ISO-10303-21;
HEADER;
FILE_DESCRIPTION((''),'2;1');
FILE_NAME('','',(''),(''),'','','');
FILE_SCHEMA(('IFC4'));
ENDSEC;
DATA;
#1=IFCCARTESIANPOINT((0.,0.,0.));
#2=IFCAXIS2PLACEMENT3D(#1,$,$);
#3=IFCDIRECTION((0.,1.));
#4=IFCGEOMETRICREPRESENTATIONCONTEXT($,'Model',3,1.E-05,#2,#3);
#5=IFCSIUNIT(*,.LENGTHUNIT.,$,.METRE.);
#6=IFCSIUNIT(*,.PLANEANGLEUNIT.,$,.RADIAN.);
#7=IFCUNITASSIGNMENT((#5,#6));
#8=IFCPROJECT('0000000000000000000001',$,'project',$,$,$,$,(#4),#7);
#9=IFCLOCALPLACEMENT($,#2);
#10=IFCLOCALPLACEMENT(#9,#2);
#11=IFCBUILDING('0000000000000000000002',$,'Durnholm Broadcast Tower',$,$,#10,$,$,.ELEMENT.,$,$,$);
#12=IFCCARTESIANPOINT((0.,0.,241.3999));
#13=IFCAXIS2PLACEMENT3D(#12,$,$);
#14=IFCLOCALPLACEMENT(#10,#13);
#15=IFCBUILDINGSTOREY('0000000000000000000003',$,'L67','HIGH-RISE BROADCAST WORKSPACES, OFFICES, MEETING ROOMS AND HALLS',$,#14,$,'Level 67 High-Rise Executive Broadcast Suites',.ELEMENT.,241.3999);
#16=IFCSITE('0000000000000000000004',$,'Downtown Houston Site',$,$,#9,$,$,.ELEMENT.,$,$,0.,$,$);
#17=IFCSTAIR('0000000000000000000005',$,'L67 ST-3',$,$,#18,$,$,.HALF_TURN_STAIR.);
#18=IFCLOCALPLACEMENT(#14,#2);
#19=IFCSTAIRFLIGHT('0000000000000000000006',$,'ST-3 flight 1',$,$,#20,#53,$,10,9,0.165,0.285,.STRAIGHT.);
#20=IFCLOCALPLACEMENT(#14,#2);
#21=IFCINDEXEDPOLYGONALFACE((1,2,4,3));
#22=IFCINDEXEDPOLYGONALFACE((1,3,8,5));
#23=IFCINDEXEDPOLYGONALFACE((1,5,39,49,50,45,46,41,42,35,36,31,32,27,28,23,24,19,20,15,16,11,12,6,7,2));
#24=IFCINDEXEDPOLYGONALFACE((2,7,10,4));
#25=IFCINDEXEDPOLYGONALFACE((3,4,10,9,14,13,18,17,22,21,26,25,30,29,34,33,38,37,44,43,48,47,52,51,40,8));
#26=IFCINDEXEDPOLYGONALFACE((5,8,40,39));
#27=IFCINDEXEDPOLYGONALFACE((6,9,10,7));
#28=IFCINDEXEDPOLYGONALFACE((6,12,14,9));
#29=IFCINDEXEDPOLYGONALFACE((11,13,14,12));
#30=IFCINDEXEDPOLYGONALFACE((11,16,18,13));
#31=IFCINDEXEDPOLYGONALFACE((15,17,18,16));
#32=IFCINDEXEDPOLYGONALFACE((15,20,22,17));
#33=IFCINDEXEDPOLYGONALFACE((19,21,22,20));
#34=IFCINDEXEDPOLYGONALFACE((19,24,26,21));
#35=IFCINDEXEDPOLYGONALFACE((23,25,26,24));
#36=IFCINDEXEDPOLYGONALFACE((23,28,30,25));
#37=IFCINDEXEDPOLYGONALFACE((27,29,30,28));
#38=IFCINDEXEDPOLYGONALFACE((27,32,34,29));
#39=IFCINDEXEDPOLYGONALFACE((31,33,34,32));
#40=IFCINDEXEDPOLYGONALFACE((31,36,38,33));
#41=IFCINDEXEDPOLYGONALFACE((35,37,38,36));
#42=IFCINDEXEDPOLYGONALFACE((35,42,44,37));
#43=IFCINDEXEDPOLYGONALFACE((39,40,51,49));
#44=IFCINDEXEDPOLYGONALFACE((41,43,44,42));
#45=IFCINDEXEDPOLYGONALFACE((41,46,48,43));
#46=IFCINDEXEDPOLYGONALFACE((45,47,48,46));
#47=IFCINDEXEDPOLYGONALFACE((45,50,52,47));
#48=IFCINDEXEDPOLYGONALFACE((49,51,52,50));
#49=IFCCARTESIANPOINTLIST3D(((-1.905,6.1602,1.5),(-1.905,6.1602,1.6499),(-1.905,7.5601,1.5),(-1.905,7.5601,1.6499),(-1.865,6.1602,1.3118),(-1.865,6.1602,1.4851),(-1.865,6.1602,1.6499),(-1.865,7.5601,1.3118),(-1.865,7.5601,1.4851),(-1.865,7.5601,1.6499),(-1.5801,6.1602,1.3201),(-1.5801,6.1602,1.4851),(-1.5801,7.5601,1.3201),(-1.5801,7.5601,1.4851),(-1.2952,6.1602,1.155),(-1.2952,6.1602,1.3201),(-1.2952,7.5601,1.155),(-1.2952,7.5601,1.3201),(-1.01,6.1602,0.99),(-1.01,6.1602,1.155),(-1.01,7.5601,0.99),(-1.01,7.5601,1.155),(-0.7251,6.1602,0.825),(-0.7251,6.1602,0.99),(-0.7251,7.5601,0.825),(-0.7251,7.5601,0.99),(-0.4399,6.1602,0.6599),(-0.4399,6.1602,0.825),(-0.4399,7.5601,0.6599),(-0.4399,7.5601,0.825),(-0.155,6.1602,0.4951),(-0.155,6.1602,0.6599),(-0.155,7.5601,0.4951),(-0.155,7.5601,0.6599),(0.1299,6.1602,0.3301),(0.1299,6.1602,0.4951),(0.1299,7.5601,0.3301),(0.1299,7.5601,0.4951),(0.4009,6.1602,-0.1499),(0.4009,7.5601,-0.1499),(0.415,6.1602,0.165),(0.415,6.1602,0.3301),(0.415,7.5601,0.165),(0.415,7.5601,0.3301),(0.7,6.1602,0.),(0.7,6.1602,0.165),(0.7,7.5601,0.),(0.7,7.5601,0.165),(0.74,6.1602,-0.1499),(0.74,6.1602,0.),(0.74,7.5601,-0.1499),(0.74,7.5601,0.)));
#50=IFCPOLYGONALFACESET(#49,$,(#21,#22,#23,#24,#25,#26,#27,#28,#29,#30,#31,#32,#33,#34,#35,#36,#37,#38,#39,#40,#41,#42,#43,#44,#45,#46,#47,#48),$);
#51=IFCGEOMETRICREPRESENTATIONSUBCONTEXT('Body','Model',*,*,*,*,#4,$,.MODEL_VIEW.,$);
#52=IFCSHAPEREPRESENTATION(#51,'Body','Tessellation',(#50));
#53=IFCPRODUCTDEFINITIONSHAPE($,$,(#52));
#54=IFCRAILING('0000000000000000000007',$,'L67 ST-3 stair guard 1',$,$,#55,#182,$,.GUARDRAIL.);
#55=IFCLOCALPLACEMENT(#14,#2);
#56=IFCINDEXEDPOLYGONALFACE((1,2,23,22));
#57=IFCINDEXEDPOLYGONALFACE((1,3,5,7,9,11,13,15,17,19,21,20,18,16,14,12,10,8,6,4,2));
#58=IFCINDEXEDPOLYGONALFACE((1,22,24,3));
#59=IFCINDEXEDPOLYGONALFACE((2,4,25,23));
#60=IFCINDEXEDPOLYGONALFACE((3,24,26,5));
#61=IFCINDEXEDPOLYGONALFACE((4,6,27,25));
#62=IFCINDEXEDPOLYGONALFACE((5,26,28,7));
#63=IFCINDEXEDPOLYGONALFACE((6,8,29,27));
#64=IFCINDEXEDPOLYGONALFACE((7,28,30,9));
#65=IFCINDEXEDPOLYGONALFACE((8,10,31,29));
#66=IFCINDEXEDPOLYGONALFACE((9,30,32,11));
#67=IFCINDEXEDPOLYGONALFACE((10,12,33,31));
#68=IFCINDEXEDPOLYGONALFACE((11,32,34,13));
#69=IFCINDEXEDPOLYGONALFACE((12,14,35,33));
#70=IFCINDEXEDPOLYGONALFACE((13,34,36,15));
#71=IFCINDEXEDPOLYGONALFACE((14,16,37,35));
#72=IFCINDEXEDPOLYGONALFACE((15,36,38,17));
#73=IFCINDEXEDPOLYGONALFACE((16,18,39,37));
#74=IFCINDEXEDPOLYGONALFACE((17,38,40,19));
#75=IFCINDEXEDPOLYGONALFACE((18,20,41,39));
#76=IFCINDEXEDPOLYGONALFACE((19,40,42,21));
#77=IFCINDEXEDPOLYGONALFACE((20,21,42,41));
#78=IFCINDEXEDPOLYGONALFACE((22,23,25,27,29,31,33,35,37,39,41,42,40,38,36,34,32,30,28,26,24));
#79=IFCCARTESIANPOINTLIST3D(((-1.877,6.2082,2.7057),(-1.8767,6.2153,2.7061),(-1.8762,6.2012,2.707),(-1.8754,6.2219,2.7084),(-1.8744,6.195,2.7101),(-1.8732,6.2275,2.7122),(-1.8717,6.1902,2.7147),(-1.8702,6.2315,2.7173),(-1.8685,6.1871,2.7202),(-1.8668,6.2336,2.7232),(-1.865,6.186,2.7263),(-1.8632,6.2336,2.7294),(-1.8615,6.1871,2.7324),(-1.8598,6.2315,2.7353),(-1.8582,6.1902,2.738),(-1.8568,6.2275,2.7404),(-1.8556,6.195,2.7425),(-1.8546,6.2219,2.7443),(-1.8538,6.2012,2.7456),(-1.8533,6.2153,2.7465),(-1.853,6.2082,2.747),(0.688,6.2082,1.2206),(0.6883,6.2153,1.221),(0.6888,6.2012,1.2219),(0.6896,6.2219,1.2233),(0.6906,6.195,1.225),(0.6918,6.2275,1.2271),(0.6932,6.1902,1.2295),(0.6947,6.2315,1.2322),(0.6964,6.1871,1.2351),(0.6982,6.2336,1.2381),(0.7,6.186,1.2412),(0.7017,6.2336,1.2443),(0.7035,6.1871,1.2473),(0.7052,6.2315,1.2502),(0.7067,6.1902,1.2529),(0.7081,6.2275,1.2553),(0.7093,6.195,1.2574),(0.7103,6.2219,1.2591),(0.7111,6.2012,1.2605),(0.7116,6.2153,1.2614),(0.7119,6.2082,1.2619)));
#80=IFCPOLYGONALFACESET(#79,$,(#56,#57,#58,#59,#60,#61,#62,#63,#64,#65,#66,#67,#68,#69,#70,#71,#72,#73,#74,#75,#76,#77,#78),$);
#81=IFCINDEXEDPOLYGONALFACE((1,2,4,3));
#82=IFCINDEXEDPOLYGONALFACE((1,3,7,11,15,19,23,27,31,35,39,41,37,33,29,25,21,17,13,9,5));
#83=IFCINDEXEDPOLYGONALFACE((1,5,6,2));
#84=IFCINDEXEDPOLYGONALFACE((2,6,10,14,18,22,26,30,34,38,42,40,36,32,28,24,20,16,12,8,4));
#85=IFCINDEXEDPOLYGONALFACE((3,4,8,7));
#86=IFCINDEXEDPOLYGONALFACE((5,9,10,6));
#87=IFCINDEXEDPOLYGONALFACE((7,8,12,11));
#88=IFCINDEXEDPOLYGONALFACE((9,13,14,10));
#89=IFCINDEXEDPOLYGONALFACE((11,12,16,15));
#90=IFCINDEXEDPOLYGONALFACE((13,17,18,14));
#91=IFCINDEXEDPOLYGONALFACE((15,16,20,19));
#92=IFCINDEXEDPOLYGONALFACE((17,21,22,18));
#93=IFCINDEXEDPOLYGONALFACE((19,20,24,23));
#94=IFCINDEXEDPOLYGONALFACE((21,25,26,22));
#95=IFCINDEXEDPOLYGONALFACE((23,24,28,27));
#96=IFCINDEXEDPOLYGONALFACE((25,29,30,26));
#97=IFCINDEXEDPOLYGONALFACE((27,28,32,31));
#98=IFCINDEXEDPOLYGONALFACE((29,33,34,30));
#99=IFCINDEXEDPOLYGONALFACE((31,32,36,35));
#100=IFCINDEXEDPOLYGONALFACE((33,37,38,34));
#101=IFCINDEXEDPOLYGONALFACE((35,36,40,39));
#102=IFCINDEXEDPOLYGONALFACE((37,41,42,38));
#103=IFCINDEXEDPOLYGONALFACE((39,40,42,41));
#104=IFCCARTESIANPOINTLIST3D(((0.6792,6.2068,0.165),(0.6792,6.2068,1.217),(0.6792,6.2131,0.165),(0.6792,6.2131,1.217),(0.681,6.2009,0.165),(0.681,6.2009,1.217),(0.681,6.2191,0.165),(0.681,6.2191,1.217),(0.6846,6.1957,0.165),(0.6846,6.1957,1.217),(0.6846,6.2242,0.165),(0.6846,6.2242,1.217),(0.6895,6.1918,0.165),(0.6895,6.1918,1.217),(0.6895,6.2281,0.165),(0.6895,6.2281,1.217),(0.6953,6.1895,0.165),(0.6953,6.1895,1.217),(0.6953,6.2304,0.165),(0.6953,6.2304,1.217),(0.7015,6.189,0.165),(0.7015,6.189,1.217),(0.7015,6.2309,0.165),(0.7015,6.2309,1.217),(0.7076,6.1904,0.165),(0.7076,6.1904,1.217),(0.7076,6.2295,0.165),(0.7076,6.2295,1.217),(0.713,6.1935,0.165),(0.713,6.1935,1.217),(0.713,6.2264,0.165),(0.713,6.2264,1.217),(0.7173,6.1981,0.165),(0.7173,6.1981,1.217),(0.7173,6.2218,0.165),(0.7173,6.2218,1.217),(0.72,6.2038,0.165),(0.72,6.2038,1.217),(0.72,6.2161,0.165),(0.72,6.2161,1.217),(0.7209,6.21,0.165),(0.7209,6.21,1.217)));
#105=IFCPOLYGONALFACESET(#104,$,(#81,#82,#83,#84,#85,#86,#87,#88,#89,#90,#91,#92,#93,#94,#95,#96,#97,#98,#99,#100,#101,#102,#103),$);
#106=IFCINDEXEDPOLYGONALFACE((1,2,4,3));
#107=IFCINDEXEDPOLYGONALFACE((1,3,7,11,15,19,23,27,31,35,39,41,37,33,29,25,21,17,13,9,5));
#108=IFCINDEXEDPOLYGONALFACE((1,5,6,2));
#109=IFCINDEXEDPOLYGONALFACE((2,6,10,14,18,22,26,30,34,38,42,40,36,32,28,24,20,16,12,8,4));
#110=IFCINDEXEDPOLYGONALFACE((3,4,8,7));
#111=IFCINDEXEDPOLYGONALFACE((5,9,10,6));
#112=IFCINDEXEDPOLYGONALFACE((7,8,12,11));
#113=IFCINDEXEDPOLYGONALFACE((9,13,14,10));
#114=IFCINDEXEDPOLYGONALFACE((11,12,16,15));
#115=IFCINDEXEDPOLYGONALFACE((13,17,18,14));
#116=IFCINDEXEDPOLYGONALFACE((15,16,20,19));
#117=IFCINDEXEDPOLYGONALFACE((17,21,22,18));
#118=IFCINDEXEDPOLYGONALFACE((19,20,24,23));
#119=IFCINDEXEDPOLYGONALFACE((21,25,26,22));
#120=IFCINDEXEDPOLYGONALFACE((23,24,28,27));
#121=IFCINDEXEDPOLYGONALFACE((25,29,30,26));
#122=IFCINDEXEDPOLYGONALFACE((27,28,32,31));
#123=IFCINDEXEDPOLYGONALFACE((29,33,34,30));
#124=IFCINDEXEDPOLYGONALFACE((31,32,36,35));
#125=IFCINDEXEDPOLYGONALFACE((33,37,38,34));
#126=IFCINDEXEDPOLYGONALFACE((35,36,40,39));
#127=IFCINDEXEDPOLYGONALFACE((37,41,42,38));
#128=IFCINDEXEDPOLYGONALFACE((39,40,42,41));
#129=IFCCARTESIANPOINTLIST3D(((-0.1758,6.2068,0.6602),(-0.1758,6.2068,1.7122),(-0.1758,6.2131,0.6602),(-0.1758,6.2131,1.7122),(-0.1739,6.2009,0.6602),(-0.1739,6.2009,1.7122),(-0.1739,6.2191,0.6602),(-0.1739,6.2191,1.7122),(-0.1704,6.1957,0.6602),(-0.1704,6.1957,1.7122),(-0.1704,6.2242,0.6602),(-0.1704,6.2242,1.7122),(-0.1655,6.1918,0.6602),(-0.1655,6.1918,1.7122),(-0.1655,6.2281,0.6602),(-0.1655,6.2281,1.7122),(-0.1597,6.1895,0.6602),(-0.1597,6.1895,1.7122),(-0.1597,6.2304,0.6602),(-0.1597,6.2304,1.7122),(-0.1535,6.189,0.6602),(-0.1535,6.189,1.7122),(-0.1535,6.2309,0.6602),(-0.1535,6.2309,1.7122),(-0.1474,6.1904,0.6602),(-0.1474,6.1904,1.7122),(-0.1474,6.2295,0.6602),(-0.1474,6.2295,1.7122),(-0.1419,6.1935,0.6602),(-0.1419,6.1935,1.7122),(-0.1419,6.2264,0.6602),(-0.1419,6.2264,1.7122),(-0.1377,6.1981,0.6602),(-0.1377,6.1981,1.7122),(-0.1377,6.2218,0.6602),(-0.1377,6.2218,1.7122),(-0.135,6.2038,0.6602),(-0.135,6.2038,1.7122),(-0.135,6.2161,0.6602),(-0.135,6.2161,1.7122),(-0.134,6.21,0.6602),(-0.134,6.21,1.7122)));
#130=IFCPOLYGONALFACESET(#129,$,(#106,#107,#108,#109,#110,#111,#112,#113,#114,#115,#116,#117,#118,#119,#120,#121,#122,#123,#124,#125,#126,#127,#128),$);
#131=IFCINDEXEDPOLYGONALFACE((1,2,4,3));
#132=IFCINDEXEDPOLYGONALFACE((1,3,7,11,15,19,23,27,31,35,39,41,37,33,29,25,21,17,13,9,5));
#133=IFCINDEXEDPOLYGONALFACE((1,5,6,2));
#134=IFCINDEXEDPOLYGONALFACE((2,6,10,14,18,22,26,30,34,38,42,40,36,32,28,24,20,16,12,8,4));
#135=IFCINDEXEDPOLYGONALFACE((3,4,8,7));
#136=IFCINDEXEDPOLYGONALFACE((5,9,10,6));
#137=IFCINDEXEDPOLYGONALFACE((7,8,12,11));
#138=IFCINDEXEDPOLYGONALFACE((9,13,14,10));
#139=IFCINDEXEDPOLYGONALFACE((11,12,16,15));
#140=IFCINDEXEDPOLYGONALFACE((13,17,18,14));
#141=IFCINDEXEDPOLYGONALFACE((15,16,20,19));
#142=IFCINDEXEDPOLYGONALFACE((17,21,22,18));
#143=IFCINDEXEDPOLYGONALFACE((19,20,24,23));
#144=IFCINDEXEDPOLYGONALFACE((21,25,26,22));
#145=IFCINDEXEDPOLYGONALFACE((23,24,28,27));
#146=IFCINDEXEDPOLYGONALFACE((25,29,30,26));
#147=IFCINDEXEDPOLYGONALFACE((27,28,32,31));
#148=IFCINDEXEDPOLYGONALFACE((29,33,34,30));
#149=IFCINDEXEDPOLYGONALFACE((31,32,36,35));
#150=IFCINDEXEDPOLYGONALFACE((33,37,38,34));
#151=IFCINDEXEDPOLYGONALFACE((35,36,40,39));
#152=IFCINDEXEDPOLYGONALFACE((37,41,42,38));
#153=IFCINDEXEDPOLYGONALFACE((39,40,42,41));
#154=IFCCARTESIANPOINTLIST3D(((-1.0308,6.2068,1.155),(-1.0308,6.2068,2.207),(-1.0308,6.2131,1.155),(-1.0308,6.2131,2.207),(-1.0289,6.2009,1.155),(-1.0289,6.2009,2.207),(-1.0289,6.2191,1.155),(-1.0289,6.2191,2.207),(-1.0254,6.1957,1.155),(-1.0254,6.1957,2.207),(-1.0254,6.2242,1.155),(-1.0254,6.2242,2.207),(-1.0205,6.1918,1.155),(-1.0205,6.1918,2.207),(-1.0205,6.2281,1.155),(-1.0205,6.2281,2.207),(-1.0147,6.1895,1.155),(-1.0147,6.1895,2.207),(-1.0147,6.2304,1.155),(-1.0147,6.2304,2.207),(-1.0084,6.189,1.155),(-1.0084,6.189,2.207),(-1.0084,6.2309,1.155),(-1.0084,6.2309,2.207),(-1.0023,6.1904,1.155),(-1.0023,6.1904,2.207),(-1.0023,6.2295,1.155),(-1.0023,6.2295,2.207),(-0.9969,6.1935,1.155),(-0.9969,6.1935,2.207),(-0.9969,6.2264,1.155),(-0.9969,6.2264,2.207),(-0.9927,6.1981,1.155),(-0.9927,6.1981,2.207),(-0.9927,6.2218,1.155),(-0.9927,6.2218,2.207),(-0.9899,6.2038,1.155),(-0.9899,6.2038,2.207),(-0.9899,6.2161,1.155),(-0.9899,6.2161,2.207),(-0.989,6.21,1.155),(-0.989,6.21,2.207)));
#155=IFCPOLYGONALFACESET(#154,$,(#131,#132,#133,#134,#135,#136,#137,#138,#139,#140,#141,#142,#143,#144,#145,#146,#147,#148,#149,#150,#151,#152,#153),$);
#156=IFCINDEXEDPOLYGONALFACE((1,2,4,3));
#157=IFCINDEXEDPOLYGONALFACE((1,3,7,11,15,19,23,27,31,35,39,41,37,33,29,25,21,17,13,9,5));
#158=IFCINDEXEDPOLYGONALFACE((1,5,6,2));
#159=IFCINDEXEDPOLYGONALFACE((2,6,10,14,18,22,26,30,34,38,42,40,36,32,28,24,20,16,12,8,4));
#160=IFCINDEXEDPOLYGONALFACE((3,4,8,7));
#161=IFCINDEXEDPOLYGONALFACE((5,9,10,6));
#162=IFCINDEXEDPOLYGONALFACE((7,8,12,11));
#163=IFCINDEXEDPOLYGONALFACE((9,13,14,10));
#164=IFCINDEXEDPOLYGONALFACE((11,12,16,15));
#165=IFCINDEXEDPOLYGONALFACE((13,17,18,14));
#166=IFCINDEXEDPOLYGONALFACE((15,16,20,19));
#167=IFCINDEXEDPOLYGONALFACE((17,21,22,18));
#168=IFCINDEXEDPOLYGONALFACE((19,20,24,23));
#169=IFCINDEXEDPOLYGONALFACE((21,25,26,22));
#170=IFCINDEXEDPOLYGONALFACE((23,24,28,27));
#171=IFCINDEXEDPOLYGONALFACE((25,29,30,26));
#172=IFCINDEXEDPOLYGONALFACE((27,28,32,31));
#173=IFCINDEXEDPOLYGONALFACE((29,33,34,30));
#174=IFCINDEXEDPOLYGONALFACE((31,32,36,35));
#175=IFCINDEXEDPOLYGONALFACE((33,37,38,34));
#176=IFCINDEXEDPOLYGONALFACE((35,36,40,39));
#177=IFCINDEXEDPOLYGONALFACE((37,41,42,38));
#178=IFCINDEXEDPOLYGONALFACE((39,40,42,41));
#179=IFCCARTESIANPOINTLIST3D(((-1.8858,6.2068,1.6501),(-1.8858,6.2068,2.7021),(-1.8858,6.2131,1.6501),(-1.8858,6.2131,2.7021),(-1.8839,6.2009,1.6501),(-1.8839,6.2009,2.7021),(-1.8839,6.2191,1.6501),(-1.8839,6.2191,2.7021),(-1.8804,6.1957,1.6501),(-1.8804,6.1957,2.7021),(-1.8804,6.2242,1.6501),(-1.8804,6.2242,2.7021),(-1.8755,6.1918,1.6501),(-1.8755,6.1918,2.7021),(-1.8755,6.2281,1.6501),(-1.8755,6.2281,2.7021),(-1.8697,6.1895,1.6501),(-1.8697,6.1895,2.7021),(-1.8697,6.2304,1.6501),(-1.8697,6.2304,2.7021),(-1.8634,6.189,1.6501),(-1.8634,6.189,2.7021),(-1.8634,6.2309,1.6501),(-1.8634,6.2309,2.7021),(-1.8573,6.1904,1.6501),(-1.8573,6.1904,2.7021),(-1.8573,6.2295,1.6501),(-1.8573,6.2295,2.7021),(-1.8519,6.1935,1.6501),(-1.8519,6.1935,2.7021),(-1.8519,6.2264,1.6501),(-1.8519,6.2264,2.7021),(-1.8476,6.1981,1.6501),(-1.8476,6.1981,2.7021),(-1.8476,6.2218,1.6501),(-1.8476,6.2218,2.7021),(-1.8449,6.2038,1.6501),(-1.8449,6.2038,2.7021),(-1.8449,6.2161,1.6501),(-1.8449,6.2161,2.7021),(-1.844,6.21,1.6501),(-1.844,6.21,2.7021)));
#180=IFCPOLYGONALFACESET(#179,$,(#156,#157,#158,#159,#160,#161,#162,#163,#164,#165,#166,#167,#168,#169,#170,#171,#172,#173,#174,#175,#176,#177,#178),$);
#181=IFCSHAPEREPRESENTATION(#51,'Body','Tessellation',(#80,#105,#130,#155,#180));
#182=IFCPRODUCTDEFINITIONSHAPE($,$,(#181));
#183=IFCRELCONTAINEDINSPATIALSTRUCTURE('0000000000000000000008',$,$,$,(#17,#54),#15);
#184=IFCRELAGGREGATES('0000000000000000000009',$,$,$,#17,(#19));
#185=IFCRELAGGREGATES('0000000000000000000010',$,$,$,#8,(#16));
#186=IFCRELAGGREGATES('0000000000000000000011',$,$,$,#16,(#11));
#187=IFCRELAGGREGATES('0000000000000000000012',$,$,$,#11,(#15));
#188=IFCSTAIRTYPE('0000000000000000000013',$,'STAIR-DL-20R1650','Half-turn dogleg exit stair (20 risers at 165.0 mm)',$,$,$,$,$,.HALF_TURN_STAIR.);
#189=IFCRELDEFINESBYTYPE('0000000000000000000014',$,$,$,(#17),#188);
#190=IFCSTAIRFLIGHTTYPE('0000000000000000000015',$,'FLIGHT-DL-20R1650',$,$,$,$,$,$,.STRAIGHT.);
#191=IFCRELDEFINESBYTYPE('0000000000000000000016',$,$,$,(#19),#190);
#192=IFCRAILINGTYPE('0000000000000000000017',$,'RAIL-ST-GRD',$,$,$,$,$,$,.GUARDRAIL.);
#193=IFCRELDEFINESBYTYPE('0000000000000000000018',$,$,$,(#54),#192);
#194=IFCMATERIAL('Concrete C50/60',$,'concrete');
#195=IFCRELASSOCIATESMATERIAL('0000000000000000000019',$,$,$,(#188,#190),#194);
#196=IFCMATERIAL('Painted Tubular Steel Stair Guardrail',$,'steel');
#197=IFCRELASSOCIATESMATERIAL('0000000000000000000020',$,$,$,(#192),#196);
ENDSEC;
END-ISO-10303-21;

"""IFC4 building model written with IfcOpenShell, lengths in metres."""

from ifc_helpers import new_model, si_unit, direction, frame, origin, origin_2d, place, context, subcontext, project, spatial, polyline, circle, outline, extrude, material, type_object, element, aggregate, save


model = new_model("IFC4")

# Units and contexts
model_context = context("Model", 3, precision=1e-05, world=origin(), true_north=direction((0.0, 1.0)))
body_context = subcontext(model_context, "Body", "Model", "MODEL_VIEW")
ifc_project = project(units=[si_unit("LENGTHUNIT", "METRE"), si_unit("PLANEANGLEUNIT", "RADIAN")], contexts=[model_context])

# Site, building, storey
site_placement = place(None, origin())
site = spatial("IfcSite", under=ifc_project, at=site_placement, Name="Downtown Houston Site", CompositionType="ELEMENT", RefElevation=0.0)
building_placement = place(site_placement, origin())
building = spatial("IfcBuilding", under=site, at=building_placement, Name="Durnholm Broadcast Tower", CompositionType="ELEMENT")
storey_placement = place(building_placement, frame((0.0, 0.0, 241.3999)))
storey = spatial("IfcBuildingStorey", under=building, at=storey_placement, Name="L67", Description="HIGH-RISE BROADCAST WORKSPACES, OFFICES, MEETING ROOMS AND HALLS", LongName="Level 67 High-Rise Executive Broadcast Suites", CompositionType="ELEMENT", Elevation=241.3999)

# Stair
ifc_material_1 = material(Name="Concrete C50/60", Category="concrete")
stair_type = type_object("IfcStairType", Name="STAIR-DL-20R1650", Description="Half-turn dogleg exit stair (20 risers at 165.0 mm)", PredefinedType="HALF_TURN_STAIR", material=ifc_material_1)
stair_1_placement = place(storey_placement, origin())
stair_1 = element("IfcStair", 1, at=stair_1_placement, inside=storey, type_object=stair_type, Name="L67 ST-3", PredefinedType="HALF_TURN_STAIR")

# Stair flight
stair_flight_type = type_object("IfcStairFlightType", Name="FLIGHT-DL-20R1650", PredefinedType="STRAIGHT", material=ifc_material_1)
stair_flight_placement = place(storey_placement, frame((0.7, 6.8601, 0.0), z_axis=(0.0, 0.0, 1.0), x_axis=(-1.0, 0.0, 0.0)))
stair_flight = element("IfcStairFlight", 2, at=stair_flight_placement, type_object=stair_flight_type, Name="ST-3 flight 1", NumberOfRisers=10, NumberOfTreads=9, PredefinedType="STRAIGHT", RiserHeight=0.165, TreadLength=0.285, context=body_context, shape_type="SweptSolid", body=[
    extrude(outline(polyline([(-0.04, -0.1499), (-0.04, 0.0), (0.0, 0.0), (0.0, 0.165), (0.2849, 0.165), (0.2849, 0.3301), (0.5701, 0.3301), (0.5701, 0.4951), (0.855, 0.4951), (0.855, 0.6599), (1.1399, 0.6599), (1.1399, 0.825), (1.425, 0.825), (1.425, 0.99), (1.71, 0.99), (1.71, 1.155), (1.9951, 1.155), (1.9951, 1.3201), (2.28, 1.3201), (2.28, 1.4851), (2.5649, 1.4851), (2.5649, 1.6499), (2.605, 1.6499), (2.605, 1.5), (2.5649, 1.3118), (0.2991, -0.1499), (-0.04, -0.1499)])), frame((0.0, 0.7, 0.0), z_axis=(0.0, -1.0, 0.0), x_axis=(1.0, 0.0, 0.0)), (0.0, 0.0, 1.0), 1.3999),
])
aggregate(stair_1, [stair_flight])

# Railing
ifc_material_2 = material(Name="Painted Tubular Steel Stair Guardrail", Category="steel")
railing_type_1 = type_object("IfcRailingType", Name="RAIL-ST-GRD", PredefinedType="GUARDRAIL", material=ifc_material_2)
railing_1_placement = place(storey_placement, frame((0.7, 6.21, 0.165)))
element("IfcRailing", 3, at=railing_1_placement, inside=storey, type_object=railing_type_1, Name="L67 ST-3 stair guard 1", PredefinedType="GUARDRAIL", context=body_context, shape_type="SweptSolid", body=[
    extrude(circle(Radius=0.0239, at=origin_2d()), frame((0.0, 0.0, 1.0762), z_axis=(-0.865406, 0.0, 0.501072), x_axis=(0.0, -1.0, 0.0)), (0.0, 0.0, 1.0), 2.9639),
    extrude(circle(Radius=0.021, at=origin_2d()), origin(), (0.0, 0.0, 1.0), 1.052),
    extrude(circle(Radius=0.021, at=origin_2d()), frame((-0.855, 0.0, 0.4951)), (0.0, 0.0, 1.0), 1.052),
    extrude(circle(Radius=0.021, at=origin_2d()), frame((-1.71, 0.0, 0.99)), (0.0, 0.0, 1.0), 1.052),
    extrude(circle(Radius=0.021, at=origin_2d()), frame((-2.5649, 0.0, 1.4851)), (0.0, 0.0, 1.0), 1.052),
])

save(model, "model.ifc")
